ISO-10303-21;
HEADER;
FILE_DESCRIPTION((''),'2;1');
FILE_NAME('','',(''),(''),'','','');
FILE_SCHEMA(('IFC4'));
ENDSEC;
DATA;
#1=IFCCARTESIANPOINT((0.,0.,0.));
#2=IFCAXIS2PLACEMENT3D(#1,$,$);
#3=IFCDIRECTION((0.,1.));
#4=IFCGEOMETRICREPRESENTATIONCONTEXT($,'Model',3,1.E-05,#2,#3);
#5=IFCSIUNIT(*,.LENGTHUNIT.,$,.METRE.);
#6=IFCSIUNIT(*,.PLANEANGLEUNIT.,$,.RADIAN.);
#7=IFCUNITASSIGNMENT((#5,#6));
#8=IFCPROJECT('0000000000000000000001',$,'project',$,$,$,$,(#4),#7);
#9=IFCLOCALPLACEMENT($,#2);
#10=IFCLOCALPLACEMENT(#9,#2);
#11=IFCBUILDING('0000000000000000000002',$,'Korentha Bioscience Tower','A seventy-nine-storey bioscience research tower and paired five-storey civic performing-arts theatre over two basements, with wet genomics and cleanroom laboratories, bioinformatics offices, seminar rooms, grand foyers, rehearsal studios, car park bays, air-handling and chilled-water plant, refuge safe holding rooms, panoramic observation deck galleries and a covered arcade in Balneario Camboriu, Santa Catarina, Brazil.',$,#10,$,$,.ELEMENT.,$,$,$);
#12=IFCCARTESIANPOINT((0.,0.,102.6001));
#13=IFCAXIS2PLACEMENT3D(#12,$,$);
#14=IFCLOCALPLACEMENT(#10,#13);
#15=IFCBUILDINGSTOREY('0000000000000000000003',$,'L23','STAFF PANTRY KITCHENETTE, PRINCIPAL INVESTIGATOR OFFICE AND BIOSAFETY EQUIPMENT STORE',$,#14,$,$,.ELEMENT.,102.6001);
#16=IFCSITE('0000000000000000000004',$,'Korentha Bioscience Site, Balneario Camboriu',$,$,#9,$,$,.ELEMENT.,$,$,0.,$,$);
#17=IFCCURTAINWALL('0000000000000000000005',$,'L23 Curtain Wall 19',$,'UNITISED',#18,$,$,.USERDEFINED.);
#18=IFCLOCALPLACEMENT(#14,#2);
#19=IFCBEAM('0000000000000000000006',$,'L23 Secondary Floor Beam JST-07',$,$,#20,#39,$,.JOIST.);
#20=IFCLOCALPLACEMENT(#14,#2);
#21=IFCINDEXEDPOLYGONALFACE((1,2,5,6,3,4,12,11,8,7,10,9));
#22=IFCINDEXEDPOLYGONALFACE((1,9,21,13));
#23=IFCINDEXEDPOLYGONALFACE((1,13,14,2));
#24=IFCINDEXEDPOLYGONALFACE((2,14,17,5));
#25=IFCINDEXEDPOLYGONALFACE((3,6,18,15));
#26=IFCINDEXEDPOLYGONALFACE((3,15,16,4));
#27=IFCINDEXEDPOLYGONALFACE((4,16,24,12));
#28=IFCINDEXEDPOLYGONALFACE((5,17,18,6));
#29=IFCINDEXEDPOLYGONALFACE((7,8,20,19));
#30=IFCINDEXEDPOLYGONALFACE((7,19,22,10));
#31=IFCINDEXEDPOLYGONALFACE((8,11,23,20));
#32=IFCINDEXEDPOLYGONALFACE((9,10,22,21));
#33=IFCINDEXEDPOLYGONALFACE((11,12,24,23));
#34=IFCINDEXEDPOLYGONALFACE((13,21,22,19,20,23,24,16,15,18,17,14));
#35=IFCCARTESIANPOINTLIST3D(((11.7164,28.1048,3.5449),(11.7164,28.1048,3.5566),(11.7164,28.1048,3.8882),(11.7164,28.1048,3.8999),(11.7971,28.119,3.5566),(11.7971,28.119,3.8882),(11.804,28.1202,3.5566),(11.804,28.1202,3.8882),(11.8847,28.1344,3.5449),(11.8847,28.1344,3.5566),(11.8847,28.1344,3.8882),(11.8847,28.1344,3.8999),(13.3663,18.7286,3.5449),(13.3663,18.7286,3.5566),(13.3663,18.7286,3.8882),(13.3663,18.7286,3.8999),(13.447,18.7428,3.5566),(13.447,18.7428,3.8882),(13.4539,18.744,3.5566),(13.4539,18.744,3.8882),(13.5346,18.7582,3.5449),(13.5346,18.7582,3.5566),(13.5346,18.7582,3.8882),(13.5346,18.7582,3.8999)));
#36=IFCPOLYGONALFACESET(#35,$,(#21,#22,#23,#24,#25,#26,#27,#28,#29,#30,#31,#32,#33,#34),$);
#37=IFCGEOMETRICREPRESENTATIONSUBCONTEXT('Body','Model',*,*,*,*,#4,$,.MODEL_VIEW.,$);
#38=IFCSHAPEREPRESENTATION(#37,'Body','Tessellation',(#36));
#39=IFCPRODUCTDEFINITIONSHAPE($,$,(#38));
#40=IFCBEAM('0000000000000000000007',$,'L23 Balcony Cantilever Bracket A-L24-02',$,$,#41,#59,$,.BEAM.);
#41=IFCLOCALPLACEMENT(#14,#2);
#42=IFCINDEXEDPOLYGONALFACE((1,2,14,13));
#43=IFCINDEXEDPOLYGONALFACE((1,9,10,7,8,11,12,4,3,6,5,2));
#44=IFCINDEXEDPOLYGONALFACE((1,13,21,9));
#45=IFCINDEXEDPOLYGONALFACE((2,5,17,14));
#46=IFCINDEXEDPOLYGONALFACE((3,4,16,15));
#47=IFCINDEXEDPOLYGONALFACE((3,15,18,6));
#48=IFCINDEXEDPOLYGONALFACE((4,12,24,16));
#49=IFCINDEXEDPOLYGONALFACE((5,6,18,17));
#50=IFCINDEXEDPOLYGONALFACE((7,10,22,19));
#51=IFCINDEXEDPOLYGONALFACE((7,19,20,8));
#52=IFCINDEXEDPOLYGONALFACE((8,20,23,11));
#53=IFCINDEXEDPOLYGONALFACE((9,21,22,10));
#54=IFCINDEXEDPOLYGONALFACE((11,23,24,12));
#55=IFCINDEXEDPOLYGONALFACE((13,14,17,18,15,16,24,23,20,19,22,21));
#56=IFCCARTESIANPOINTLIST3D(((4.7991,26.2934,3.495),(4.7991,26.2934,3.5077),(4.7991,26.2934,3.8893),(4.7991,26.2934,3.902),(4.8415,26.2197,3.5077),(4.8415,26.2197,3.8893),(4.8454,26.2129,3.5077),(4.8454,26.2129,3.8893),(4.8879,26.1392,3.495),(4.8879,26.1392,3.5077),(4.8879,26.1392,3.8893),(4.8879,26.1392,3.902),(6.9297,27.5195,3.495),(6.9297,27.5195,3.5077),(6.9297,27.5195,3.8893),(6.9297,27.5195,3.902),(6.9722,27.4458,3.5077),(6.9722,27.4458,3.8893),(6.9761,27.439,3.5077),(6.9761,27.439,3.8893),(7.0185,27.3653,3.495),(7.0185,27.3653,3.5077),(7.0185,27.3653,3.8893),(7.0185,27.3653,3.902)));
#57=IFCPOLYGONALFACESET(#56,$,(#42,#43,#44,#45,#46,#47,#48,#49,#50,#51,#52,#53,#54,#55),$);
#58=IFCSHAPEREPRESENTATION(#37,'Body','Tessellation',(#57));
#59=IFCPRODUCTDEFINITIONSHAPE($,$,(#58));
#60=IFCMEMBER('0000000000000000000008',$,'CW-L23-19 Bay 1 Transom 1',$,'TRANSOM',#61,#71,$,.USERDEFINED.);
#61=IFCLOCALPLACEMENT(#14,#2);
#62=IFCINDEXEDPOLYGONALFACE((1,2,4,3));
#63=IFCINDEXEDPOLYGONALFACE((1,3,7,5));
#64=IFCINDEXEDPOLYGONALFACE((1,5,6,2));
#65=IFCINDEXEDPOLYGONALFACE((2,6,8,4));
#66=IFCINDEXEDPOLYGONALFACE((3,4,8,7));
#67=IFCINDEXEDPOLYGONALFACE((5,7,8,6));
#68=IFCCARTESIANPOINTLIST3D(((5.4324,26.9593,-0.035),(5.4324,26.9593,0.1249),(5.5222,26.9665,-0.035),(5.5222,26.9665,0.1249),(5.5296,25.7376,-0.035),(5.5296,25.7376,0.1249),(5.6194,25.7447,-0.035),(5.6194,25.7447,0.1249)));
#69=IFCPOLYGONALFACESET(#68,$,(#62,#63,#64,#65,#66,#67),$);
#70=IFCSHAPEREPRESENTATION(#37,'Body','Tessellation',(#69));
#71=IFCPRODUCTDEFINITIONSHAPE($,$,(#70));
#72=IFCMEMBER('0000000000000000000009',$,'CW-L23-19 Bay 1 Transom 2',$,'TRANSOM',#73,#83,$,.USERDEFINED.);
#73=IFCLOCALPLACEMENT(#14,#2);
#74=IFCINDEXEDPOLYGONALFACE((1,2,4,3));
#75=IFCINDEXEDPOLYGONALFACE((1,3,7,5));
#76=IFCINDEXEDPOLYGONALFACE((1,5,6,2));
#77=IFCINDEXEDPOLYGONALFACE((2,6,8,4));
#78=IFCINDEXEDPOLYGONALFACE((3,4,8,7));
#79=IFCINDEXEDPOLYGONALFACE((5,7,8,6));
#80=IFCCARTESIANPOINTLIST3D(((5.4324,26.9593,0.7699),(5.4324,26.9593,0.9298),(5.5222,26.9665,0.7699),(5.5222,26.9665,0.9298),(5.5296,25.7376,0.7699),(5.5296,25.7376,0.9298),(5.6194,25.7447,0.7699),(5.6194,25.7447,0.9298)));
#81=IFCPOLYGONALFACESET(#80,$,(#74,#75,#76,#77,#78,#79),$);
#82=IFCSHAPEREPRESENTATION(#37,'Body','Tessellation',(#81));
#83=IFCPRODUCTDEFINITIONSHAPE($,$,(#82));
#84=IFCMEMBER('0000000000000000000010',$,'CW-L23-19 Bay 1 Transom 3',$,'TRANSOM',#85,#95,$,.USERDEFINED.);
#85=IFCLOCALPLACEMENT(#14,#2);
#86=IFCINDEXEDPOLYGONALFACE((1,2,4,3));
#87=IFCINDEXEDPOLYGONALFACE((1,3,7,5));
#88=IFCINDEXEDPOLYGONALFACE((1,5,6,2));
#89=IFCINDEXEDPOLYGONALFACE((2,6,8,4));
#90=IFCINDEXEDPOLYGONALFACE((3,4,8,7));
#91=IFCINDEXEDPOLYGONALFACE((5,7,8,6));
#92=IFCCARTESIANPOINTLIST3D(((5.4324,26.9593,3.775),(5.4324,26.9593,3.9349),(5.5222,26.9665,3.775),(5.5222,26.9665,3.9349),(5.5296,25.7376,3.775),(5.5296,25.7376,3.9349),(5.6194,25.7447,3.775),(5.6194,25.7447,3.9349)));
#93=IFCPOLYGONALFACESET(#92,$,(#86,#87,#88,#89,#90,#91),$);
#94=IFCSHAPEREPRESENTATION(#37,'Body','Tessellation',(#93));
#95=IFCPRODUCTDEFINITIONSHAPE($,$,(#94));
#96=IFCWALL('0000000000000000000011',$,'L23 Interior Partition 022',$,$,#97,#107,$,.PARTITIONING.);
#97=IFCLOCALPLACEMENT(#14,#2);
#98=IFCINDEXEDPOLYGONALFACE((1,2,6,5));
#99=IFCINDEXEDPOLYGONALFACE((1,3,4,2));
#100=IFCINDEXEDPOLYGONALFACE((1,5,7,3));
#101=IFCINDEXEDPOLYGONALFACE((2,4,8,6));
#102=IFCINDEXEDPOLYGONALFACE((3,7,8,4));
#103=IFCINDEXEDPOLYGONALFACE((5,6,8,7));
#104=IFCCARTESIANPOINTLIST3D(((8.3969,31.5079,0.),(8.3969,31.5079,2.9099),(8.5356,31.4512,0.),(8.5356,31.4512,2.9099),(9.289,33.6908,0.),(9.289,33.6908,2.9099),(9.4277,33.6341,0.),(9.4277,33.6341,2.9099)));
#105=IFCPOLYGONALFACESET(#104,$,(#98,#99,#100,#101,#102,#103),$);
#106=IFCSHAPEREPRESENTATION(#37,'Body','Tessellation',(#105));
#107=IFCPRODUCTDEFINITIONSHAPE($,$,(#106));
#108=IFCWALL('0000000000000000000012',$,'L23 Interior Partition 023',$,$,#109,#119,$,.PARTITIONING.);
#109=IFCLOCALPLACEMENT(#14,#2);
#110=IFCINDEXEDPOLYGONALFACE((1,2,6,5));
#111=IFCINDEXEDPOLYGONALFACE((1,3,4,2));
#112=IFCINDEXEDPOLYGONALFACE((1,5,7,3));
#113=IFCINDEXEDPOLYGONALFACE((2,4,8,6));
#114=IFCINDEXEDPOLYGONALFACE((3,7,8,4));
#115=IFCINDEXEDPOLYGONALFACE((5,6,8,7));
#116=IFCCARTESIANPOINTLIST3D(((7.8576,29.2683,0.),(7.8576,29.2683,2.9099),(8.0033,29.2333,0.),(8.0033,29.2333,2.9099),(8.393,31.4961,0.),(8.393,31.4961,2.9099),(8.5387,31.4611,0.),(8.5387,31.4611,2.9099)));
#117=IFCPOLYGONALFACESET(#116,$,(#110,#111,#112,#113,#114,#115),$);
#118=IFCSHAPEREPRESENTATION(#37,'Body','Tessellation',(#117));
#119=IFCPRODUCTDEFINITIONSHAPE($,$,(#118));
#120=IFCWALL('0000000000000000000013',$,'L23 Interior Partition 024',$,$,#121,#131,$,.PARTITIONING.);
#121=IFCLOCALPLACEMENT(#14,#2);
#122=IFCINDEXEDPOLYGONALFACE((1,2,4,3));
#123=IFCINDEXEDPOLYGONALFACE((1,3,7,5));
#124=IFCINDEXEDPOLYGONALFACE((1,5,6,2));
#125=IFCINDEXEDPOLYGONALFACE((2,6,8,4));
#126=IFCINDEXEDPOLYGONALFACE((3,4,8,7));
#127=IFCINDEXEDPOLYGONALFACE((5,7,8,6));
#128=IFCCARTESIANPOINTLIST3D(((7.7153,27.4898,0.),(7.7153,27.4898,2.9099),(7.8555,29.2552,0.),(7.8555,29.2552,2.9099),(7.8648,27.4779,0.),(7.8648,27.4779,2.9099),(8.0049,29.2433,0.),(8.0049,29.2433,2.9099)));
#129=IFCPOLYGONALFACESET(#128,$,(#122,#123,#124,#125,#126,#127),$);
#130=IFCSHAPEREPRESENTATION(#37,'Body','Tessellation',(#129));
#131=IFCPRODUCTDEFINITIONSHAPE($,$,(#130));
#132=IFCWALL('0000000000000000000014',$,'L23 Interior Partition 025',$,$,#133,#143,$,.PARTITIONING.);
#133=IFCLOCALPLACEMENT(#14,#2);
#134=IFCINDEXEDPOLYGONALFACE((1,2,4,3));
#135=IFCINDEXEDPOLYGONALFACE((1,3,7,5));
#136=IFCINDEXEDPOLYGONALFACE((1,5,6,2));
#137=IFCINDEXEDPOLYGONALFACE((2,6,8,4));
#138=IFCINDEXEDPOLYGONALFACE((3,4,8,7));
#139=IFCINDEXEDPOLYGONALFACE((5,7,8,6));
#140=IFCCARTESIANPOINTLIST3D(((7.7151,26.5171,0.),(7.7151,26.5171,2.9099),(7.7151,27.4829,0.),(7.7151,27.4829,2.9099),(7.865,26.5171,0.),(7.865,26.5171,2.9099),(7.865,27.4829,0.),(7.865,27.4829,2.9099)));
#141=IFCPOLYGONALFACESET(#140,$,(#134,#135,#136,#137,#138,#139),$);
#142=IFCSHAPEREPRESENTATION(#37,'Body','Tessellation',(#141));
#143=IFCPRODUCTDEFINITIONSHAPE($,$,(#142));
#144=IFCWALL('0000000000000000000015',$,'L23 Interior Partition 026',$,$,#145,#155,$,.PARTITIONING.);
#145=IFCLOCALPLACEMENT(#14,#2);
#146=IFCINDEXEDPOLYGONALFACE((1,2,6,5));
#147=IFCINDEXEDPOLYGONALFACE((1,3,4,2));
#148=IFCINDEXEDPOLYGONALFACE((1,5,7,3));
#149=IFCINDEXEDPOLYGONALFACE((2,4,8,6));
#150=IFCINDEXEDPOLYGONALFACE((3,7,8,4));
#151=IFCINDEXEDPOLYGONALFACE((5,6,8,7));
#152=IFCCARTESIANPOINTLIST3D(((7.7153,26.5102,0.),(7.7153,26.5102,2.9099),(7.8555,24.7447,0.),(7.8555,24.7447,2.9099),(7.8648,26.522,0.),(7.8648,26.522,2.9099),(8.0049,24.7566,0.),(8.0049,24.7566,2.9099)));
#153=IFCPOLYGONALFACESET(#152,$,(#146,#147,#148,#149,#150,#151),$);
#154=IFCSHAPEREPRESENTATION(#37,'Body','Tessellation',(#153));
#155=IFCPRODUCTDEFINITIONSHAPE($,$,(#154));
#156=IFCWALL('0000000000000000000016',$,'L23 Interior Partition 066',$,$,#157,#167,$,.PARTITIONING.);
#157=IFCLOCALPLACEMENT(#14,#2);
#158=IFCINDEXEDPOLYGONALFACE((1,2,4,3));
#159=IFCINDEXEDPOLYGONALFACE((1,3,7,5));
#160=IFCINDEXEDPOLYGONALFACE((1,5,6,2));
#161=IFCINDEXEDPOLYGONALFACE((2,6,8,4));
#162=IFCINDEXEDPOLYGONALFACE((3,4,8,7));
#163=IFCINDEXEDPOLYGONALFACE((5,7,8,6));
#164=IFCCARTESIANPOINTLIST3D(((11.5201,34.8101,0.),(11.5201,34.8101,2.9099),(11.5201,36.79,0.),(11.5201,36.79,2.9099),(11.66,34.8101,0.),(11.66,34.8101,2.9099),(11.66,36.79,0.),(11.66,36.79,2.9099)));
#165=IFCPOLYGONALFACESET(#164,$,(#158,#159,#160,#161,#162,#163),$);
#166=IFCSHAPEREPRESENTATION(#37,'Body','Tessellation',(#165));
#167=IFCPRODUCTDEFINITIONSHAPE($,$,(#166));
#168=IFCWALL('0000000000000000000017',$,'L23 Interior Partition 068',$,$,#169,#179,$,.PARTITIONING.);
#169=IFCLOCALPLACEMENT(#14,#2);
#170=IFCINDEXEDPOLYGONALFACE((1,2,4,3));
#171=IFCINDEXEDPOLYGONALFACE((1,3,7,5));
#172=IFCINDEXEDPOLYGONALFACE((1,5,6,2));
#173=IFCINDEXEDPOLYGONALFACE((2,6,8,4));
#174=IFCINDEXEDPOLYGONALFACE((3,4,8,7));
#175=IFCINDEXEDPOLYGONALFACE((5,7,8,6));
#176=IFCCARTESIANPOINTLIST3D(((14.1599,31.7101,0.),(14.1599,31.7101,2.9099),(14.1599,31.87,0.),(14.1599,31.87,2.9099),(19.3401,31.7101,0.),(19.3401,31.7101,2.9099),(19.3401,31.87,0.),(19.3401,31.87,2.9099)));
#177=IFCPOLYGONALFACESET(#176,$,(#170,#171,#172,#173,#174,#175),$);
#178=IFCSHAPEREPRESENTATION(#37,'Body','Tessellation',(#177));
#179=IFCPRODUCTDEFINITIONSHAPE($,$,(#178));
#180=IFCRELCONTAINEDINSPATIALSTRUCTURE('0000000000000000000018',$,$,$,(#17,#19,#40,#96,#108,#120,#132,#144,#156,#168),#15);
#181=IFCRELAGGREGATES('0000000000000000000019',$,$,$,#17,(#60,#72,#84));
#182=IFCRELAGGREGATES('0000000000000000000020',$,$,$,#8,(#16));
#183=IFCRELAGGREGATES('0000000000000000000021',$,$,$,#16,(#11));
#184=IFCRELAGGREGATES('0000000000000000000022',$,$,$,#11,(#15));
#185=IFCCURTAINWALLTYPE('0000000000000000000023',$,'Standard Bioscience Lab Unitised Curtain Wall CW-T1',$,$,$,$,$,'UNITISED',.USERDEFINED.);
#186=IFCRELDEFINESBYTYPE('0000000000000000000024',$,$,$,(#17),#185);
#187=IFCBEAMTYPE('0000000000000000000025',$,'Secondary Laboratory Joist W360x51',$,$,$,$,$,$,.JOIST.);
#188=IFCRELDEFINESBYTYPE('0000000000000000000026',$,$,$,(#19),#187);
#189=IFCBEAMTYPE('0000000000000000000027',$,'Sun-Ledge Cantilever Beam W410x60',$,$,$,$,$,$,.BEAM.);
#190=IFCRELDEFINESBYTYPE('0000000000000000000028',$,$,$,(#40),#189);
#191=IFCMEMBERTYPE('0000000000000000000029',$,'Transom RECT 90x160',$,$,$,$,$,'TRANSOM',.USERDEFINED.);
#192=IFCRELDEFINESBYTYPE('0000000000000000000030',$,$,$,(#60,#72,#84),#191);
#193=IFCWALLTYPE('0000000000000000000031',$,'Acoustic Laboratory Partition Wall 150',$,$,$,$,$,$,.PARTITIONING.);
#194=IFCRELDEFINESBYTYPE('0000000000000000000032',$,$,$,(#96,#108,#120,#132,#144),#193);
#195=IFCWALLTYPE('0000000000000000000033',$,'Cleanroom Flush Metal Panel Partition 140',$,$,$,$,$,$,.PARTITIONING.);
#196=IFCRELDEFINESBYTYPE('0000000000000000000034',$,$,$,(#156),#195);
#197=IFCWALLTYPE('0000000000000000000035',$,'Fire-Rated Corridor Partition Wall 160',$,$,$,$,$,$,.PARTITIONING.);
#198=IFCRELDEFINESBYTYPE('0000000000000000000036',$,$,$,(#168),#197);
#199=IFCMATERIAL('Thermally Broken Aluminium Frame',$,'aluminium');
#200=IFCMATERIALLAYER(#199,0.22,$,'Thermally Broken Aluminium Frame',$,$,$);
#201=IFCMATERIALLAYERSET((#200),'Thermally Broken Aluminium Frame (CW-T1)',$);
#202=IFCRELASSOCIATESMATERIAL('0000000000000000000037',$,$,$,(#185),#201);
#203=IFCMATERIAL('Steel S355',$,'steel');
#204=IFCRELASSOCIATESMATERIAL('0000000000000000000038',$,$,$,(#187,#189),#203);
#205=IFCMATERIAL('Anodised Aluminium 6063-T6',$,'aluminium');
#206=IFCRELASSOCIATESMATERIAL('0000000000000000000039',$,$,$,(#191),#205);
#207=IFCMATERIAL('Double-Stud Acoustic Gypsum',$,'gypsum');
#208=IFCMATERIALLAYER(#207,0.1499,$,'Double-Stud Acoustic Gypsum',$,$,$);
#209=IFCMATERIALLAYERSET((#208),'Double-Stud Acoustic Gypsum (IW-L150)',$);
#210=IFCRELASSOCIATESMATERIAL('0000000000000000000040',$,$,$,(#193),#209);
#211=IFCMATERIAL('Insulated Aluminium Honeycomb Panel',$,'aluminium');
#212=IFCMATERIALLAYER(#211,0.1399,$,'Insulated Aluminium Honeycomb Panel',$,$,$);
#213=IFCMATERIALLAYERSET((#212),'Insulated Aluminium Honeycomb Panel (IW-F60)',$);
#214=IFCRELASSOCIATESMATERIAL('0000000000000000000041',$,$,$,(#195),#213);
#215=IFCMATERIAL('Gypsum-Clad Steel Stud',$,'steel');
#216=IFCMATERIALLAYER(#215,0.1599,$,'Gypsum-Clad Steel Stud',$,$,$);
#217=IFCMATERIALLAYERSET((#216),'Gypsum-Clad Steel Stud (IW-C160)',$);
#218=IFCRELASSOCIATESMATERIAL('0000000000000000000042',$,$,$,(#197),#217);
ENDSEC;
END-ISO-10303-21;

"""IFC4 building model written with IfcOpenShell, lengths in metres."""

from ifc_helpers import new_model, si_unit, direction, frame, frame_2d, origin, origin_2d, place, context, subcontext, project, spatial, rectangle, i_section, extrude, material, layer, layer_set, material_profile, profile_set, type_object, element, aggregate, save


model = new_model("IFC4")

# Units and contexts
model_context = context("Model", 3, precision=1e-05, world=origin(), true_north=direction((0.0, 1.0)))
body_context = subcontext(model_context, "Body", "Model", "MODEL_VIEW")
ifc_project = project(units=[si_unit("LENGTHUNIT", "METRE"), si_unit("PLANEANGLEUNIT", "RADIAN")], contexts=[model_context])

# Site, building, storey
site_placement = place(None, origin())
site = spatial("IfcSite", under=ifc_project, at=site_placement, Name="Korentha Bioscience Site, Balneario Camboriu", CompositionType="ELEMENT", RefElevation=0.0)
building_placement = place(site_placement, origin())
building = spatial("IfcBuilding", under=site, at=building_placement, Name="Korentha Bioscience Tower", Description="A seventy-nine-storey bioscience research tower and paired five-storey civic performing-arts theatre over two basements, with wet genomics and cleanroom laboratories, bioinformatics offices, seminar rooms, grand foyers, rehearsal studios, car park bays, air-handling and chilled-water plant, refuge safe holding rooms, panoramic observation deck galleries and a covered arcade in Balneario Camboriu, Santa Catarina, Brazil.", CompositionType="ELEMENT")
storey_placement = place(building_placement, frame((0.0, 0.0, 102.6001)))
storey = spatial("IfcBuildingStorey", under=building, at=storey_placement, Name="L23", Description="STAFF PANTRY KITCHENETTE, PRINCIPAL INVESTIGATOR OFFICE AND BIOSAFETY EQUIPMENT STORE", CompositionType="ELEMENT", Elevation=102.6001)

# Curtain wall
ifc_material_1 = material(Name="Thermally Broken Aluminium Frame", Category="aluminium")
ifc_layer_1 = layer(ifc_material_1, 0.22, Name="Thermally Broken Aluminium Frame")
ifc_layer_set_1 = layer_set([ifc_layer_1], Name="Thermally Broken Aluminium Frame (CW-T1)")
curtain_wall_type = type_object("IfcCurtainWallType", Name="Standard Bioscience Lab Unitised Curtain Wall CW-T1", ElementType="UNITISED", PredefinedType="USERDEFINED", material=ifc_layer_set_1)
curtain_wall_placement = place(storey_placement, origin())
curtain_wall = element("IfcCurtainWall", 1, at=curtain_wall_placement, inside=storey, type_object=curtain_wall_type, Name="L23 Curtain Wall 19", ObjectType="UNITISED", PredefinedType="USERDEFINED")
ifc_material_2 = material(Name="Anodised Aluminium 6063-T6", Category="aluminium")

# Beams
ifc_material_3 = material(Name="Steel S355", Category="steel")
ifc_material_profile_1 = material_profile(ifc_material_3, i_section(OverallWidth=0.1709, OverallDepth=0.355, WebThickness=0.0071, FlangeThickness=0.0117, at=origin_2d()), Name="Steel S355")
ifc_profile_set_1 = profile_set([ifc_material_profile_1], Name="Steel S355 (JB-360)")
beam_type_1 = type_object("IfcBeamType", Name="Secondary Laboratory Joist W360x51", PredefinedType="JOIST", material=ifc_profile_set_1)
beam_1_placement = place(storey_placement, frame((11.8005, 28.1196, 3.7224), z_axis=(0.173304, -0.984868, 0.0), x_axis=(0.984868, 0.173304, 0.0)))
element("IfcBeam", 2, at=beam_1_placement, inside=storey, type_object=beam_type_1, Name="L23 Secondary Floor Beam JST-07", PredefinedType="JOIST", context=body_context, shape_type="SweptSolid", body=[
    extrude(i_section(OverallWidth=0.1709, OverallDepth=0.355, WebThickness=0.0071, FlangeThickness=0.0117, at=origin_2d()), origin(), (0.0, 0.0, 1.0), 9.5203),
])
ifc_material_profile_2 = material_profile(ifc_material_3, i_section(OverallWidth=0.178, OverallDepth=0.407, WebThickness=0.0078, FlangeThickness=0.0127, at=origin_2d()), Name="Steel S355")
ifc_profile_set_2 = profile_set([ifc_material_profile_2], Name="Steel S355 (CB-410)")
beam_type_2 = type_object("IfcBeamType", Name="Sun-Ledge Cantilever Beam W410x60", PredefinedType="BEAM", material=ifc_profile_set_2)
beam_2_placement = place(storey_placement, frame((6.9741, 27.4424, 3.6985), z_axis=(-0.866736, -0.498768, 0.0), x_axis=(0.498768, -0.866736, 0.0)))
element("IfcBeam", 3, at=beam_2_placement, inside=storey, type_object=beam_type_2, Name="L23 Balcony Cantilever Bracket A-L24-02", PredefinedType="BEAM", context=body_context, shape_type="SweptSolid", body=[
    extrude(i_section(OverallWidth=0.178, OverallDepth=0.407, WebThickness=0.0078, FlangeThickness=0.0127, at=origin_2d()), origin(), (0.0, 0.0, 1.0), 2.4583),
])

# Members
ifc_material_profile_3 = material_profile(ifc_material_2, rectangle(XDim=0.0901, YDim=0.1599, at=origin_2d()), Name="Anodised Aluminium 6063-T6")
ifc_profile_set_3 = profile_set([ifc_material_profile_3], Name="Anodised Aluminium 6063-T6 (CW-TRN)")
member_type_1 = type_object("IfcMemberType", Name="Transom RECT 90x160", ElementType="TRANSOM", PredefinedType="USERDEFINED", material=ifc_profile_set_3)
member_1_placement = place(storey_placement, frame((5.4773, 26.9629, 0.0449), z_axis=(0.079286, -0.996852, 0.0), x_axis=(0.996852, 0.079286, 0.0)))
member_1 = element("IfcMember", 4, at=member_1_placement, type_object=member_type_1, Name="CW-L23-19 Bay 1 Transom 1", ObjectType="TRANSOM", PredefinedType="USERDEFINED", context=body_context, shape_type="SweptSolid", body=[
    extrude(rectangle(XDim=0.0901, YDim=0.1599, at=origin_2d()), origin(), (0.0, 0.0, 1.0), 1.2256),
])
member_2_placement = place(storey_placement, frame((5.4773, 26.9629, 0.8499), z_axis=(0.079286, -0.996852, 0.0), x_axis=(0.996852, 0.079286, 0.0)))
member_2 = element("IfcMember", 5, at=member_2_placement, type_object=member_type_1, Name="CW-L23-19 Bay 1 Transom 2", ObjectType="TRANSOM", PredefinedType="USERDEFINED", context=body_context, shape_type="SweptSolid", body=[
    extrude(rectangle(XDim=0.0901, YDim=0.1599, at=origin_2d()), origin(), (0.0, 0.0, 1.0), 1.2256),
])
member_3_placement = place(storey_placement, frame((5.4773, 26.9629, 3.855), z_axis=(0.079286, -0.996852, 0.0), x_axis=(0.996852, 0.079286, 0.0)))
member_3 = element("IfcMember", 6, at=member_3_placement, type_object=member_type_1, Name="CW-L23-19 Bay 1 Transom 3", ObjectType="TRANSOM", PredefinedType="USERDEFINED", context=body_context, shape_type="SweptSolid", body=[
    extrude(rectangle(XDim=0.0901, YDim=0.1599, at=origin_2d()), origin(), (0.0, 0.0, 1.0), 1.2256),
])
aggregate(curtain_wall, [member_1, member_2, member_3])

# Walls
ifc_material_4 = material(Name="Double-Stud Acoustic Gypsum", Category="gypsum")
ifc_layer_2 = layer(ifc_material_4, 0.1499, Name="Double-Stud Acoustic Gypsum")
ifc_layer_set_2 = layer_set([ifc_layer_2], Name="Double-Stud Acoustic Gypsum (IW-L150)")
wall_type_1 = type_object("IfcWallType", Name="Acoustic Laboratory Partition Wall 150", PredefinedType="PARTITIONING", material=ifc_layer_set_2)
wall_1_placement = place(storey_placement, frame((9.3584, 33.6626, 0.0), z_axis=(0.0, 0.0, 1.0), x_axis=(-0.378306, -0.92568, 0.0)))
element("IfcWall", 7, at=wall_1_placement, inside=storey, type_object=wall_type_1, Name="L23 Interior Partition 022", PredefinedType="PARTITIONING", context=body_context, shape_type="SweptSolid", body=[
    extrude(rectangle(XDim=2.3582, YDim=0.1499, at=frame_2d((1.1792, 0.0))), origin(), (0.0, 0.0, 1.0), 2.9099),
])
wall_2_placement = place(storey_placement, frame((8.4658, 31.4785, 0.0), z_axis=(0.0, 0.0, 1.0), x_axis=(-0.233675, -0.972315, 0.0)))
element("IfcWall", 8, at=wall_2_placement, inside=storey, type_object=wall_type_1, Name="L23 Interior Partition 023", PredefinedType="PARTITIONING", context=body_context, shape_type="SweptSolid", body=[
    extrude(rectangle(XDim=2.2913, YDim=0.1499, at=frame_2d((1.1455, 0.0))), origin(), (0.0, 0.0, 1.0), 2.9099),
])
wall_3_placement = place(storey_placement, frame((7.9302, 29.2493, 0.0), z_axis=(0.0, 0.0, 1.0), x_axis=(-0.079132, -0.996864, 0.0)))
element("IfcWall", 9, at=wall_3_placement, inside=storey, type_object=wall_type_1, Name="L23 Interior Partition 024", PredefinedType="PARTITIONING", context=body_context, shape_type="SweptSolid", body=[
    extrude(rectangle(XDim=1.771, YDim=0.1499, at=frame_2d((0.8855, 0.0))), origin(), (0.0, 0.0, 1.0), 2.9099),
])
wall_4_placement = place(storey_placement, frame((7.79, 27.4829, 0.0), z_axis=(0.0, 0.0, 1.0), x_axis=(0.0, -1.0, 0.0)))
element("IfcWall", 10, at=wall_4_placement, inside=storey, type_object=wall_type_1, Name="L23 Interior Partition 025", PredefinedType="PARTITIONING", context=body_context, shape_type="SweptSolid", body=[
    extrude(rectangle(XDim=0.9658, YDim=0.1499, at=frame_2d((0.4829, 0.0))), origin(), (0.0, 0.0, 1.0), 2.9099),
])
wall_5_placement = place(storey_placement, frame((7.79, 26.5161, 0.0), z_axis=(0.0, 0.0, 1.0), x_axis=(0.079132, -0.996864, 0.0)))
element("IfcWall", 11, at=wall_5_placement, inside=storey, type_object=wall_type_1, Name="L23 Interior Partition 026", PredefinedType="PARTITIONING", context=body_context, shape_type="SweptSolid", body=[
    extrude(rectangle(XDim=1.771, YDim=0.1499, at=frame_2d((0.8855, 0.0))), origin(), (0.0, 0.0, 1.0), 2.9099),
])
ifc_material_5 = material(Name="Insulated Aluminium Honeycomb Panel", Category="aluminium")
ifc_layer_3 = layer(ifc_material_5, 0.1399, Name="Insulated Aluminium Honeycomb Panel")
ifc_layer_set_3 = layer_set([ifc_layer_3], Name="Insulated Aluminium Honeycomb Panel (IW-F60)")
wall_type_2 = type_object("IfcWallType", Name="Cleanroom Flush Metal Panel Partition 140", PredefinedType="PARTITIONING", material=ifc_layer_set_3)
wall_6_placement = place(storey_placement, frame((11.5901, 34.8101, 0.0), z_axis=(0.0, 0.0, 1.0), x_axis=(0.0, 1.0, 0.0)))
element("IfcWall", 12, at=wall_6_placement, inside=storey, type_object=wall_type_2, Name="L23 Interior Partition 066", PredefinedType="PARTITIONING", context=body_context, shape_type="SweptSolid", body=[
    extrude(rectangle(XDim=1.98, YDim=0.1399, at=frame_2d((0.99, 0.0))), origin(), (0.0, 0.0, 1.0), 2.9099),
])
ifc_material_6 = material(Name="Gypsum-Clad Steel Stud", Category="steel")
ifc_layer_4 = layer(ifc_material_6, 0.1599, Name="Gypsum-Clad Steel Stud")
ifc_layer_set_4 = layer_set([ifc_layer_4], Name="Gypsum-Clad Steel Stud (IW-C160)")
wall_type_3 = type_object("IfcWallType", Name="Fire-Rated Corridor Partition Wall 160", PredefinedType="PARTITIONING", material=ifc_layer_set_4)
wall_7_placement = place(storey_placement, frame((14.1599, 31.79, 0.0), z_axis=(0.0, 0.0, 1.0), x_axis=(1.0, 0.0, 0.0)))
element("IfcWall", 13, at=wall_7_placement, inside=storey, type_object=wall_type_3, Name="L23 Interior Partition 068", PredefinedType="PARTITIONING", context=body_context, shape_type="SweptSolid", body=[
    extrude(rectangle(XDim=5.1802, YDim=0.1599, at=frame_2d((2.5901, 0.0))), origin(), (0.0, 0.0, 1.0), 2.9099),
])

save(model, "model.ifc")
